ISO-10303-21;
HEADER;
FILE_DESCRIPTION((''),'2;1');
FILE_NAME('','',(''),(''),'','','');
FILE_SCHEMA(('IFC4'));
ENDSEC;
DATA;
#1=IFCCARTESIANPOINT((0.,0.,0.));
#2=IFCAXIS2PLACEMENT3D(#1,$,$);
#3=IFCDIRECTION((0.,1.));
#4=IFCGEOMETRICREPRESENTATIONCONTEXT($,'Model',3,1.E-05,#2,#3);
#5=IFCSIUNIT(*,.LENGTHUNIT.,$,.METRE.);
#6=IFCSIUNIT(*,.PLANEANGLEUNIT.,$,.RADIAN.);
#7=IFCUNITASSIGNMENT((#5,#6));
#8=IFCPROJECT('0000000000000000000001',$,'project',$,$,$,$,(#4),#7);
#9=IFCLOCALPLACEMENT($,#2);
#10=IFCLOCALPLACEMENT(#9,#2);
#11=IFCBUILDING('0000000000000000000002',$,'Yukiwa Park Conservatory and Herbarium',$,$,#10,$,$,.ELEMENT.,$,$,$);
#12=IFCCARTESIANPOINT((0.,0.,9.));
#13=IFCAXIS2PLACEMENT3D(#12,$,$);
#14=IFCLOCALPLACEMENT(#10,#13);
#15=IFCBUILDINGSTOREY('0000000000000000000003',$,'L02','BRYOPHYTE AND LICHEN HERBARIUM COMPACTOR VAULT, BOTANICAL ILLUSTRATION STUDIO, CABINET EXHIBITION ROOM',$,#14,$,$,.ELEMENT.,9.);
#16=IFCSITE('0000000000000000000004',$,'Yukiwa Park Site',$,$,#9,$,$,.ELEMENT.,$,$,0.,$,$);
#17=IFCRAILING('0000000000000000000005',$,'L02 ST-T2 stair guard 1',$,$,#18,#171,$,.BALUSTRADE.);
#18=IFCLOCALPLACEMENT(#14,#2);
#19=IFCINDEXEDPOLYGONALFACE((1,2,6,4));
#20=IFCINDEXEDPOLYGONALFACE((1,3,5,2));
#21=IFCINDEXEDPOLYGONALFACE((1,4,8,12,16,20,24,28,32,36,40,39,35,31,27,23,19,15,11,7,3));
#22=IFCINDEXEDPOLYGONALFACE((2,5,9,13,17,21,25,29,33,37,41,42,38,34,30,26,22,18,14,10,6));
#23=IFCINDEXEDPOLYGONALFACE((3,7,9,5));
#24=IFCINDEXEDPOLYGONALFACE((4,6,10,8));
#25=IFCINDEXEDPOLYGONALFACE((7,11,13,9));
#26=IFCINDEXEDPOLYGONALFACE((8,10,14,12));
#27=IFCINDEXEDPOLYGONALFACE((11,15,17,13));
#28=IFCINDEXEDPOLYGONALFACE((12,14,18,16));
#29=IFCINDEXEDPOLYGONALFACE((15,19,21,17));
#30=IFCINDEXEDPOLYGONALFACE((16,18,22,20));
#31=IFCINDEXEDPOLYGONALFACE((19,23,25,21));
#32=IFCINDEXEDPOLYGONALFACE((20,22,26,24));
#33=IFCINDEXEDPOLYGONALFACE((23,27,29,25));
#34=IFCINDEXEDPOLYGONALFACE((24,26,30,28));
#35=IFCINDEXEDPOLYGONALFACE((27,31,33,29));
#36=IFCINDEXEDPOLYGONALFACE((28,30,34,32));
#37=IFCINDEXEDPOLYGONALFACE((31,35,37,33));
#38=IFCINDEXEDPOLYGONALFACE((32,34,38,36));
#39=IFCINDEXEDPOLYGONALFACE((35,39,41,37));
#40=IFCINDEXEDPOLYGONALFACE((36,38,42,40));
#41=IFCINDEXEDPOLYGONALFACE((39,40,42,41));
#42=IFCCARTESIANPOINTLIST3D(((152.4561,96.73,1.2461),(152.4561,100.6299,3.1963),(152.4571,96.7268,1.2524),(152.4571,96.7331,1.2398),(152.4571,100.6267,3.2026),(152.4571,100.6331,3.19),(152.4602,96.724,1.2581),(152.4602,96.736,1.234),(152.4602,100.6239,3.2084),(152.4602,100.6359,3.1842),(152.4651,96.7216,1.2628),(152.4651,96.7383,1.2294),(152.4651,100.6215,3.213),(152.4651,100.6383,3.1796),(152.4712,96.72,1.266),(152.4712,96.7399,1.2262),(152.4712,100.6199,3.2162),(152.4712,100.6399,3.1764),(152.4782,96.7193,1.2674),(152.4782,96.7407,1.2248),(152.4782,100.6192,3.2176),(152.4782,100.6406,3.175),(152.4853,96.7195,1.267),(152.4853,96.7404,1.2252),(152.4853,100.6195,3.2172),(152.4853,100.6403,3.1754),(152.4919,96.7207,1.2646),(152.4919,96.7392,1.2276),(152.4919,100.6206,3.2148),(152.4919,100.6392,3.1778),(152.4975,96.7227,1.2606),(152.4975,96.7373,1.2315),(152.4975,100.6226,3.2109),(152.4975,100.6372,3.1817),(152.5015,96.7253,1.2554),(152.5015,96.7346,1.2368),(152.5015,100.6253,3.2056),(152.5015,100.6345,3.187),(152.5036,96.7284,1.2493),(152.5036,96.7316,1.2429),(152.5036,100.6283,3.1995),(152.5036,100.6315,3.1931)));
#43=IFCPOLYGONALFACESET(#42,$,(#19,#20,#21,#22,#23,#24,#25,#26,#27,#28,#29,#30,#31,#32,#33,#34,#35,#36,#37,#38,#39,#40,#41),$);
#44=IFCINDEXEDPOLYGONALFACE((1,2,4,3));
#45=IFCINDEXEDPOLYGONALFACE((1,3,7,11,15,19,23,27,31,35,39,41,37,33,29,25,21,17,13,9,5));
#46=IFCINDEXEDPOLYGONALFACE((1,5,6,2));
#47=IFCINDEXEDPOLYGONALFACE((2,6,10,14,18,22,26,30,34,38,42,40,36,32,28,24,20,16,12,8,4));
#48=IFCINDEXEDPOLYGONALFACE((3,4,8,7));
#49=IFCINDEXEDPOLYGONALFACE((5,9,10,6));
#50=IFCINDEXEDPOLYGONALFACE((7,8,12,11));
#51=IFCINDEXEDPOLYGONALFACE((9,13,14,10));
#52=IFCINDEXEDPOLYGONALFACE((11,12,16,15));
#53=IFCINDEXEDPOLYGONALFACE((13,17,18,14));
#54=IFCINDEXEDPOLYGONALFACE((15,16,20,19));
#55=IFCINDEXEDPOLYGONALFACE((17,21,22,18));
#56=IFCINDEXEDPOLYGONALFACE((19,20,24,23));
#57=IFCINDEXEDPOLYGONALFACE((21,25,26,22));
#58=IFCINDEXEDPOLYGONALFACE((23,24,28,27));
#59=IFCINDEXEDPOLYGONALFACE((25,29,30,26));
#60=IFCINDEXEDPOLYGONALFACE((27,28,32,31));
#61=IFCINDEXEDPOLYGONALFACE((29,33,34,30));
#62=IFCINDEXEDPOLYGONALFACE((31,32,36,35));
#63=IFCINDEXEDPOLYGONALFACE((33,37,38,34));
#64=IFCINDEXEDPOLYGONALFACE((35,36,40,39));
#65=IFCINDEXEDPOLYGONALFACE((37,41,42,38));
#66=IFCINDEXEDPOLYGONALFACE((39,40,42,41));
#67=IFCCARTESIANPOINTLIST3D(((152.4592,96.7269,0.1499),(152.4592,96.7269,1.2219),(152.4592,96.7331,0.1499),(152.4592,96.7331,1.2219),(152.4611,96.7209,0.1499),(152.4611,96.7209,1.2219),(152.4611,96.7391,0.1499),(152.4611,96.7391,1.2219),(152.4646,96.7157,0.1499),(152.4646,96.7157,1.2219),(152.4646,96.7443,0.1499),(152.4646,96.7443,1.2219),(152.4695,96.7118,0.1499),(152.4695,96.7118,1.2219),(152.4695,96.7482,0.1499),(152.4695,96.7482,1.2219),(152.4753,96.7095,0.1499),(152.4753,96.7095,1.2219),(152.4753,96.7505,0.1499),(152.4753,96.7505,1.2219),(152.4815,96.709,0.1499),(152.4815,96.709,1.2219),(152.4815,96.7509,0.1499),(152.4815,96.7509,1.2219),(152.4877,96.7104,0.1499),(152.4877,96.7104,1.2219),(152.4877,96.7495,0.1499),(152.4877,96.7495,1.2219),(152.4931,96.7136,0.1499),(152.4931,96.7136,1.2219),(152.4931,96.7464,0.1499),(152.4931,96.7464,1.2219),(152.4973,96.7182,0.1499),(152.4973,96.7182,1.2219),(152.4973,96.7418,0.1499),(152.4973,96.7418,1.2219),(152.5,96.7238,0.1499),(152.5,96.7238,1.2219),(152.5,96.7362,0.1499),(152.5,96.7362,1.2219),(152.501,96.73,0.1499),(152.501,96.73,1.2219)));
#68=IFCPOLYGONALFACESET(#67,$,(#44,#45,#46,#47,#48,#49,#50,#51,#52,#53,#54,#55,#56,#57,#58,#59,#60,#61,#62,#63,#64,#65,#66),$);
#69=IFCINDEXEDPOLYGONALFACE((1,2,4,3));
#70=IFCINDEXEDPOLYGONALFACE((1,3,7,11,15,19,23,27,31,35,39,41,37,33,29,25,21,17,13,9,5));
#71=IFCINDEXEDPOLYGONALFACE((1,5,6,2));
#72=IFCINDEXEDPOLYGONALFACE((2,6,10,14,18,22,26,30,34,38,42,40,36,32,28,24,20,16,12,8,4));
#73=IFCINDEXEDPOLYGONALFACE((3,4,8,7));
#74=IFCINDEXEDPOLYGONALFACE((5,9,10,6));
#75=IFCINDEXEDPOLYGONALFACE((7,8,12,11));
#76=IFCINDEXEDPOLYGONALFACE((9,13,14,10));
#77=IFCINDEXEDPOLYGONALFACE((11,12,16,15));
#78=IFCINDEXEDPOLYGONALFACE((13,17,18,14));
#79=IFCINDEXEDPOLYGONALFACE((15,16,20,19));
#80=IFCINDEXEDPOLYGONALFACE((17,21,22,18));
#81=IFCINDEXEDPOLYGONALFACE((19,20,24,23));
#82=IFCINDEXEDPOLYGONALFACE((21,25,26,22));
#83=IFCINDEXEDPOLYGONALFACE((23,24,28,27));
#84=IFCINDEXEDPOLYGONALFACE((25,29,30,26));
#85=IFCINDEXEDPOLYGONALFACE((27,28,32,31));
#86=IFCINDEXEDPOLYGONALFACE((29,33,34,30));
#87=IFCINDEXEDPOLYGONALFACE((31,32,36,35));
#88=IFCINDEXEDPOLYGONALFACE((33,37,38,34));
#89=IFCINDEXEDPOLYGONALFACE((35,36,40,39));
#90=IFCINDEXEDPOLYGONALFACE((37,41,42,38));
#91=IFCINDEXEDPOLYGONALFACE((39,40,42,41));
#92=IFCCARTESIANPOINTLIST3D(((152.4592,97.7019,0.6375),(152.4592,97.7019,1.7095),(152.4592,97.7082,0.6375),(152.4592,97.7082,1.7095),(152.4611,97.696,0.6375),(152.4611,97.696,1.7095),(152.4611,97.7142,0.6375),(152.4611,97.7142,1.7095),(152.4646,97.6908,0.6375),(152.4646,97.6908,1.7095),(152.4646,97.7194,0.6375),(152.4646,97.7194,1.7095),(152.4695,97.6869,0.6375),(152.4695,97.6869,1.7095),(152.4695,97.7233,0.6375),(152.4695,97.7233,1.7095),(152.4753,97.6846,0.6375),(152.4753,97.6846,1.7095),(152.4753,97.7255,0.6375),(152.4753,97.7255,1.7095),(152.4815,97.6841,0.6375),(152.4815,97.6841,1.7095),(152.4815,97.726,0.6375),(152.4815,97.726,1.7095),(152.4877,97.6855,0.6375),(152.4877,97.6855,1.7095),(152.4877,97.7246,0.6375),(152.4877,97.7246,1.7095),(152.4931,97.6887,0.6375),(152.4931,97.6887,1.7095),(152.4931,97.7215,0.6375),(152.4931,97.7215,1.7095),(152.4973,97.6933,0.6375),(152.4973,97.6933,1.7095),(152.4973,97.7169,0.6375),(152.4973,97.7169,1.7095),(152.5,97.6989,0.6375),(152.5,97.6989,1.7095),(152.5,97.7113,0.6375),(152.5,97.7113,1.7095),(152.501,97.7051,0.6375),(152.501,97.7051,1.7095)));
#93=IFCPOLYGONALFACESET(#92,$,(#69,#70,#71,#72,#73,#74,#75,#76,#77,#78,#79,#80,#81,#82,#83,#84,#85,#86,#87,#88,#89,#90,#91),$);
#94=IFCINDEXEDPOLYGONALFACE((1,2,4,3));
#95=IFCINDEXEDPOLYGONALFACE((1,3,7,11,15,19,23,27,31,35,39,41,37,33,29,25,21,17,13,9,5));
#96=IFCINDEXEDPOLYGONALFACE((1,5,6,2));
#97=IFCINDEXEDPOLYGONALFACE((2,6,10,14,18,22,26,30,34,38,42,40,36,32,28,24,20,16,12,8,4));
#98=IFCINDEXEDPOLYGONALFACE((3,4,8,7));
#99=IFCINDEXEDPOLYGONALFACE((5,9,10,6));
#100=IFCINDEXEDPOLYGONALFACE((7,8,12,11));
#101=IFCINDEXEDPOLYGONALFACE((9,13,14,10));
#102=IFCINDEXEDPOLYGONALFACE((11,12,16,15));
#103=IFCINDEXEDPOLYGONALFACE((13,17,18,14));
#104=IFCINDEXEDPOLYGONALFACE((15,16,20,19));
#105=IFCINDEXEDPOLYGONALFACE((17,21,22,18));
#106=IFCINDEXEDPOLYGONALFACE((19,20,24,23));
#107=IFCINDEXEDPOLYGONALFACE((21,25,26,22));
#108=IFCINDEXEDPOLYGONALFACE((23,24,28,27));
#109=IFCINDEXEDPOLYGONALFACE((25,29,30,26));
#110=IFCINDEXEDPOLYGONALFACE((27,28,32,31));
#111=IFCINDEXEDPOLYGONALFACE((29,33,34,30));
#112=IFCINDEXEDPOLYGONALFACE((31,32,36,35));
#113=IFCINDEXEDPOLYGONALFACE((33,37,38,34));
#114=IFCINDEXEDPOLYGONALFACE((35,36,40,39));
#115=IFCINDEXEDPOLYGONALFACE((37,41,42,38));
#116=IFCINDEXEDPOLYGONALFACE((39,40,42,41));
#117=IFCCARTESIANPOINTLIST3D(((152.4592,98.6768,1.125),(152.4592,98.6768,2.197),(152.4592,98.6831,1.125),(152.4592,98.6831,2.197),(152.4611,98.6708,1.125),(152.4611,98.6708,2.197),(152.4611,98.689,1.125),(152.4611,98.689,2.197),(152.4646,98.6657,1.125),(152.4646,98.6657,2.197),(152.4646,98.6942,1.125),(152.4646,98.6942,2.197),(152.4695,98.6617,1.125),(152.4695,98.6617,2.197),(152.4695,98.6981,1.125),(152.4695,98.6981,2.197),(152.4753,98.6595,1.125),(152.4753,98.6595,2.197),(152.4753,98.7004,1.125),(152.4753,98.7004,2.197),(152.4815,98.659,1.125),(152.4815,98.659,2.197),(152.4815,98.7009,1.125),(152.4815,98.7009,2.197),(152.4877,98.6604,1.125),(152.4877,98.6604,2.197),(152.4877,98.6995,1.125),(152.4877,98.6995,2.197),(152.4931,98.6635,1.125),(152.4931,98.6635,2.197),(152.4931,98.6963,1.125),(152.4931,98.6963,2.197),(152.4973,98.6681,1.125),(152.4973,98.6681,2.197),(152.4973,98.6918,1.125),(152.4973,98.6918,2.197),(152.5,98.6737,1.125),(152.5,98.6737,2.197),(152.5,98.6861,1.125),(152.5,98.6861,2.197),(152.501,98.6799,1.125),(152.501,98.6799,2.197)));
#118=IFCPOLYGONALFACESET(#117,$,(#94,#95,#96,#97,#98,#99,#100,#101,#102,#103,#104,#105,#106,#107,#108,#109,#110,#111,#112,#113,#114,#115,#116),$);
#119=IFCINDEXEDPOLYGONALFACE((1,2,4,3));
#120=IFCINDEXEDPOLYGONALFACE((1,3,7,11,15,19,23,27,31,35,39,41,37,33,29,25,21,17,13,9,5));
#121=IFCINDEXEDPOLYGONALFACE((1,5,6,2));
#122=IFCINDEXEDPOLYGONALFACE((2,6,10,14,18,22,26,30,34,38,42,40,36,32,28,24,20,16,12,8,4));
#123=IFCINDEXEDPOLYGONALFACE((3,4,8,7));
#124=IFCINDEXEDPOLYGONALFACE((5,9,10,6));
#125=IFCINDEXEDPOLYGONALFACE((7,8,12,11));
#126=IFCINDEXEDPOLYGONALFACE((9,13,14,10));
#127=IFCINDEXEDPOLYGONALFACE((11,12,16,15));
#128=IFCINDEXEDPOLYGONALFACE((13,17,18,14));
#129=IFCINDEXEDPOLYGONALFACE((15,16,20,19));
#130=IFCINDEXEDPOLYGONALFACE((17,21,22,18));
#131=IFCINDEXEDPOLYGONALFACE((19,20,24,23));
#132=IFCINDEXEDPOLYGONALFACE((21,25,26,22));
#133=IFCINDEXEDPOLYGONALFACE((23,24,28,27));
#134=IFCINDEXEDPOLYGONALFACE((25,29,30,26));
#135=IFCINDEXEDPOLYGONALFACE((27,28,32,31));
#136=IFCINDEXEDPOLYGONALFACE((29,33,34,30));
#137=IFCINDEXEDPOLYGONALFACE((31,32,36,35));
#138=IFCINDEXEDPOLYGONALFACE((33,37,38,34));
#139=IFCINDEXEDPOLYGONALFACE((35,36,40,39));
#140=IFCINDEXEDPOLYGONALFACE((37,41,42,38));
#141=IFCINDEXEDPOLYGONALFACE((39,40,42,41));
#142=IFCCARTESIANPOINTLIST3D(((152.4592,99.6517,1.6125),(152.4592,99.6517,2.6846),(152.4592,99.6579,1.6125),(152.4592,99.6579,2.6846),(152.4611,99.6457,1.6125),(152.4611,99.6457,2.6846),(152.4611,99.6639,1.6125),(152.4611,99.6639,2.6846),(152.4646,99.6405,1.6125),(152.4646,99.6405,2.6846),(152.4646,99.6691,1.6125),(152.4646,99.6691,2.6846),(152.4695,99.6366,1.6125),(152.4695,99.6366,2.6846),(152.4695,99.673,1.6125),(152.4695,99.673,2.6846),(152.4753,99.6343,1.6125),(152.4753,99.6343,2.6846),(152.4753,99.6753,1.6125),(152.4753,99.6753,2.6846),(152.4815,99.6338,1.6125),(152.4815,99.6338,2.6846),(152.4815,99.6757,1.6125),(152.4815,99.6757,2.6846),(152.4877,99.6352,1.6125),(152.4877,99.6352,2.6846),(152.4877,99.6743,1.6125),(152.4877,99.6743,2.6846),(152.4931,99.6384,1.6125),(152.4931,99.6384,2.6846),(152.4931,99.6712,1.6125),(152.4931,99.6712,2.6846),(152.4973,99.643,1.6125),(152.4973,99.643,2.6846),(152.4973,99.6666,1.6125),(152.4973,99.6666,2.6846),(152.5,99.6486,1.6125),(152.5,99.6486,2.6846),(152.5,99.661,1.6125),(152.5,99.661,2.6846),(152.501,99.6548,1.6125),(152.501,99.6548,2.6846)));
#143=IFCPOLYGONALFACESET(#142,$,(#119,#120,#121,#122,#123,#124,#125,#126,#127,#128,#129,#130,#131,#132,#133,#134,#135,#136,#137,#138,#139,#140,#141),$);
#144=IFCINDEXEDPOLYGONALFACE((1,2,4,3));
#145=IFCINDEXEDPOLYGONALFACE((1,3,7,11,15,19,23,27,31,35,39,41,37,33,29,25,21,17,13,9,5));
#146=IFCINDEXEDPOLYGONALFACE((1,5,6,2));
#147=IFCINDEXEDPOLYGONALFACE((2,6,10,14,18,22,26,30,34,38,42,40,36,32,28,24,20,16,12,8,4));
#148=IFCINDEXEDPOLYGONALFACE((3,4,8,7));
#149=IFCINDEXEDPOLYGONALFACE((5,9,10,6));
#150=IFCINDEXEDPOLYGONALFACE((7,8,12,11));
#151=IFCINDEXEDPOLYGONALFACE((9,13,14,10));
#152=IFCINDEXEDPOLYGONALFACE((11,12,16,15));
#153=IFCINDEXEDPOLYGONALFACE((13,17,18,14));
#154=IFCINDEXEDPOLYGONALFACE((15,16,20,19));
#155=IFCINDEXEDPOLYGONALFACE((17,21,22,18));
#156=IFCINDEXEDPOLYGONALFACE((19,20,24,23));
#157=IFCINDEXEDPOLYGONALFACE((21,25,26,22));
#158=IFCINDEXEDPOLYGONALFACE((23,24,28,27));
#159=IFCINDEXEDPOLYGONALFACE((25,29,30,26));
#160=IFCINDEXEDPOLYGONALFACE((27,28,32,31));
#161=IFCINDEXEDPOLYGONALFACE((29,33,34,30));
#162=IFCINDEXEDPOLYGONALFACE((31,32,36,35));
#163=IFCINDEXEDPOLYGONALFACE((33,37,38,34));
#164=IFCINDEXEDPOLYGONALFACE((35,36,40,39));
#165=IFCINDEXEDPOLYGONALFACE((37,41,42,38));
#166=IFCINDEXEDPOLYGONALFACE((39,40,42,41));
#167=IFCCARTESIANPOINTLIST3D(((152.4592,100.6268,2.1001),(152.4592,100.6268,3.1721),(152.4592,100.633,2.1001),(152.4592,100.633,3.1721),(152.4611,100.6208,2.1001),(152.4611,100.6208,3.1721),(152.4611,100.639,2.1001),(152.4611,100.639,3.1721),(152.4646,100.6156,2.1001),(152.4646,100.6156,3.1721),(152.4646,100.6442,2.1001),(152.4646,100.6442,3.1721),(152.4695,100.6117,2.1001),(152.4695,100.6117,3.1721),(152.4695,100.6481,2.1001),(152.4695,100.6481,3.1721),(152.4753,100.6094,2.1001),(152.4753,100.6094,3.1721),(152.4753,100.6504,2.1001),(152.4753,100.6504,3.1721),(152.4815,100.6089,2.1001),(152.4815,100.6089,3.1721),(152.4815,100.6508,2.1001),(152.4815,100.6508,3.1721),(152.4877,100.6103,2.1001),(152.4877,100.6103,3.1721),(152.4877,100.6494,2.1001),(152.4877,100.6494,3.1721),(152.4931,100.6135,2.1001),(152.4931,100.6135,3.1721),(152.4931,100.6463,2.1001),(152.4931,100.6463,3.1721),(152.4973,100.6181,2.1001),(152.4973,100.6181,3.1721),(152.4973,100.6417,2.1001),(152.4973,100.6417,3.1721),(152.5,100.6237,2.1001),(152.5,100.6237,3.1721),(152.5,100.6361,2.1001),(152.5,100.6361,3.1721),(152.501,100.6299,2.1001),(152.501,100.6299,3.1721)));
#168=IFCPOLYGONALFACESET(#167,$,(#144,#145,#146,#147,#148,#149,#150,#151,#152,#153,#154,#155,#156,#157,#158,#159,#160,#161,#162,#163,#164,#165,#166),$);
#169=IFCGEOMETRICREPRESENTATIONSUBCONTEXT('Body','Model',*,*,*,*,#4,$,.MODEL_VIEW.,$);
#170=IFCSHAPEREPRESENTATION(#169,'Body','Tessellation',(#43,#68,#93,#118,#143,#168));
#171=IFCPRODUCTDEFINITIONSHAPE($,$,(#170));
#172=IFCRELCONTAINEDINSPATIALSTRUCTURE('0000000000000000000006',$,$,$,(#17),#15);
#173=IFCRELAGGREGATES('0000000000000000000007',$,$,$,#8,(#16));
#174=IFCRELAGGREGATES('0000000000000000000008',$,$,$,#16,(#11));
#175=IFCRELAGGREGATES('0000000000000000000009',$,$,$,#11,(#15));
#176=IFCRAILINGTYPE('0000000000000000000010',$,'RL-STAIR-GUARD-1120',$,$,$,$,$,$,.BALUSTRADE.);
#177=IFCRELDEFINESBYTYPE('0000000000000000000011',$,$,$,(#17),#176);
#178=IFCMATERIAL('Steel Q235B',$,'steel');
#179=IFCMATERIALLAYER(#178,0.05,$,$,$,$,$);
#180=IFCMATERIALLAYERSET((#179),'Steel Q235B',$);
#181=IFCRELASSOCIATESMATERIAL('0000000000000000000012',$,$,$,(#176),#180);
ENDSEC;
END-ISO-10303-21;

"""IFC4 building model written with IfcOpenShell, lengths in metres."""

from ifc_helpers import new_model, si_unit, direction, frame, origin, origin_2d, place, context, subcontext, project, spatial, circle, extrude, material, layer, layer_set, type_object, element, save


model = new_model("IFC4")

# Units and contexts
model_context = context("Model", 3, precision=1e-05, world=origin(), true_north=direction((0.0, 1.0)))
body_context = subcontext(model_context, "Body", "Model", "MODEL_VIEW")
ifc_project = project(units=[si_unit("LENGTHUNIT", "METRE"), si_unit("PLANEANGLEUNIT", "RADIAN")], contexts=[model_context])

# Site, building, storey
site_placement = place(None, origin())
site = spatial("IfcSite", under=ifc_project, at=site_placement, Name="Yukiwa Park Site", CompositionType="ELEMENT", RefElevation=0.0)
building_placement = place(site_placement, origin())
building = spatial("IfcBuilding", under=site, at=building_placement, Name="Yukiwa Park Conservatory and Herbarium", CompositionType="ELEMENT")
storey_placement = place(building_placement, frame((0.0, 0.0, 9.0)))
storey = spatial("IfcBuildingStorey", under=building, at=storey_placement, Name="L02", Description="BRYOPHYTE AND LICHEN HERBARIUM COMPACTOR VAULT, BOTANICAL ILLUSTRATION STUDIO, CABINET EXHIBITION ROOM", CompositionType="ELEMENT", Elevation=9.0)

# Railing
ifc_material_1 = material(Name="Steel Q235B", Category="steel")
ifc_layer_1 = layer(ifc_material_1, 0.05)
ifc_layer_set_1 = layer_set([ifc_layer_1], Name="Steel Q235B")
railing_type_1 = type_object("IfcRailingType", Name="RL-STAIR-GUARD-1120", PredefinedType="BALUSTRADE", material=ifc_layer_set_1)
railing_1_placement = place(storey_placement, frame((152.48, 96.73, 0.1499)))
element("IfcRailing", 1, at=railing_1_placement, inside=storey, type_object=railing_type_1, Name="L02 ST-T2 stair guard 1", PredefinedType="BALUSTRADE", context=body_context, shape_type="SweptSolid", body=[
    extrude(circle(Radius=0.0239, at=origin_2d()), frame((0.0, 0.0, 1.0962), z_axis=(0.0, 0.894405, 0.447258), x_axis=(-1.0, 0.0, 0.0)), (0.0, 0.0, 1.0), 4.3604),
    extrude(circle(Radius=0.021, at=origin_2d()), origin(), (0.0, 0.0, 1.0), 1.072),
    extrude(circle(Radius=0.021, at=origin_2d()), frame((0.0, 0.9751, 0.4875)), (0.0, 0.0, 1.0), 1.072),
    extrude(circle(Radius=0.021, at=origin_2d()), frame((0.0, 1.95, 0.9751)), (0.0, 0.0, 1.0), 1.072),
    extrude(circle(Radius=0.021, at=origin_2d()), frame((0.0, 2.9248, 1.4626)), (0.0, 0.0, 1.0), 1.072),
    extrude(circle(Radius=0.021, at=origin_2d()), frame((0.0, 3.8999, 1.9502)), (0.0, 0.0, 1.0), 1.072),
])

save(model, "model.ifc")
